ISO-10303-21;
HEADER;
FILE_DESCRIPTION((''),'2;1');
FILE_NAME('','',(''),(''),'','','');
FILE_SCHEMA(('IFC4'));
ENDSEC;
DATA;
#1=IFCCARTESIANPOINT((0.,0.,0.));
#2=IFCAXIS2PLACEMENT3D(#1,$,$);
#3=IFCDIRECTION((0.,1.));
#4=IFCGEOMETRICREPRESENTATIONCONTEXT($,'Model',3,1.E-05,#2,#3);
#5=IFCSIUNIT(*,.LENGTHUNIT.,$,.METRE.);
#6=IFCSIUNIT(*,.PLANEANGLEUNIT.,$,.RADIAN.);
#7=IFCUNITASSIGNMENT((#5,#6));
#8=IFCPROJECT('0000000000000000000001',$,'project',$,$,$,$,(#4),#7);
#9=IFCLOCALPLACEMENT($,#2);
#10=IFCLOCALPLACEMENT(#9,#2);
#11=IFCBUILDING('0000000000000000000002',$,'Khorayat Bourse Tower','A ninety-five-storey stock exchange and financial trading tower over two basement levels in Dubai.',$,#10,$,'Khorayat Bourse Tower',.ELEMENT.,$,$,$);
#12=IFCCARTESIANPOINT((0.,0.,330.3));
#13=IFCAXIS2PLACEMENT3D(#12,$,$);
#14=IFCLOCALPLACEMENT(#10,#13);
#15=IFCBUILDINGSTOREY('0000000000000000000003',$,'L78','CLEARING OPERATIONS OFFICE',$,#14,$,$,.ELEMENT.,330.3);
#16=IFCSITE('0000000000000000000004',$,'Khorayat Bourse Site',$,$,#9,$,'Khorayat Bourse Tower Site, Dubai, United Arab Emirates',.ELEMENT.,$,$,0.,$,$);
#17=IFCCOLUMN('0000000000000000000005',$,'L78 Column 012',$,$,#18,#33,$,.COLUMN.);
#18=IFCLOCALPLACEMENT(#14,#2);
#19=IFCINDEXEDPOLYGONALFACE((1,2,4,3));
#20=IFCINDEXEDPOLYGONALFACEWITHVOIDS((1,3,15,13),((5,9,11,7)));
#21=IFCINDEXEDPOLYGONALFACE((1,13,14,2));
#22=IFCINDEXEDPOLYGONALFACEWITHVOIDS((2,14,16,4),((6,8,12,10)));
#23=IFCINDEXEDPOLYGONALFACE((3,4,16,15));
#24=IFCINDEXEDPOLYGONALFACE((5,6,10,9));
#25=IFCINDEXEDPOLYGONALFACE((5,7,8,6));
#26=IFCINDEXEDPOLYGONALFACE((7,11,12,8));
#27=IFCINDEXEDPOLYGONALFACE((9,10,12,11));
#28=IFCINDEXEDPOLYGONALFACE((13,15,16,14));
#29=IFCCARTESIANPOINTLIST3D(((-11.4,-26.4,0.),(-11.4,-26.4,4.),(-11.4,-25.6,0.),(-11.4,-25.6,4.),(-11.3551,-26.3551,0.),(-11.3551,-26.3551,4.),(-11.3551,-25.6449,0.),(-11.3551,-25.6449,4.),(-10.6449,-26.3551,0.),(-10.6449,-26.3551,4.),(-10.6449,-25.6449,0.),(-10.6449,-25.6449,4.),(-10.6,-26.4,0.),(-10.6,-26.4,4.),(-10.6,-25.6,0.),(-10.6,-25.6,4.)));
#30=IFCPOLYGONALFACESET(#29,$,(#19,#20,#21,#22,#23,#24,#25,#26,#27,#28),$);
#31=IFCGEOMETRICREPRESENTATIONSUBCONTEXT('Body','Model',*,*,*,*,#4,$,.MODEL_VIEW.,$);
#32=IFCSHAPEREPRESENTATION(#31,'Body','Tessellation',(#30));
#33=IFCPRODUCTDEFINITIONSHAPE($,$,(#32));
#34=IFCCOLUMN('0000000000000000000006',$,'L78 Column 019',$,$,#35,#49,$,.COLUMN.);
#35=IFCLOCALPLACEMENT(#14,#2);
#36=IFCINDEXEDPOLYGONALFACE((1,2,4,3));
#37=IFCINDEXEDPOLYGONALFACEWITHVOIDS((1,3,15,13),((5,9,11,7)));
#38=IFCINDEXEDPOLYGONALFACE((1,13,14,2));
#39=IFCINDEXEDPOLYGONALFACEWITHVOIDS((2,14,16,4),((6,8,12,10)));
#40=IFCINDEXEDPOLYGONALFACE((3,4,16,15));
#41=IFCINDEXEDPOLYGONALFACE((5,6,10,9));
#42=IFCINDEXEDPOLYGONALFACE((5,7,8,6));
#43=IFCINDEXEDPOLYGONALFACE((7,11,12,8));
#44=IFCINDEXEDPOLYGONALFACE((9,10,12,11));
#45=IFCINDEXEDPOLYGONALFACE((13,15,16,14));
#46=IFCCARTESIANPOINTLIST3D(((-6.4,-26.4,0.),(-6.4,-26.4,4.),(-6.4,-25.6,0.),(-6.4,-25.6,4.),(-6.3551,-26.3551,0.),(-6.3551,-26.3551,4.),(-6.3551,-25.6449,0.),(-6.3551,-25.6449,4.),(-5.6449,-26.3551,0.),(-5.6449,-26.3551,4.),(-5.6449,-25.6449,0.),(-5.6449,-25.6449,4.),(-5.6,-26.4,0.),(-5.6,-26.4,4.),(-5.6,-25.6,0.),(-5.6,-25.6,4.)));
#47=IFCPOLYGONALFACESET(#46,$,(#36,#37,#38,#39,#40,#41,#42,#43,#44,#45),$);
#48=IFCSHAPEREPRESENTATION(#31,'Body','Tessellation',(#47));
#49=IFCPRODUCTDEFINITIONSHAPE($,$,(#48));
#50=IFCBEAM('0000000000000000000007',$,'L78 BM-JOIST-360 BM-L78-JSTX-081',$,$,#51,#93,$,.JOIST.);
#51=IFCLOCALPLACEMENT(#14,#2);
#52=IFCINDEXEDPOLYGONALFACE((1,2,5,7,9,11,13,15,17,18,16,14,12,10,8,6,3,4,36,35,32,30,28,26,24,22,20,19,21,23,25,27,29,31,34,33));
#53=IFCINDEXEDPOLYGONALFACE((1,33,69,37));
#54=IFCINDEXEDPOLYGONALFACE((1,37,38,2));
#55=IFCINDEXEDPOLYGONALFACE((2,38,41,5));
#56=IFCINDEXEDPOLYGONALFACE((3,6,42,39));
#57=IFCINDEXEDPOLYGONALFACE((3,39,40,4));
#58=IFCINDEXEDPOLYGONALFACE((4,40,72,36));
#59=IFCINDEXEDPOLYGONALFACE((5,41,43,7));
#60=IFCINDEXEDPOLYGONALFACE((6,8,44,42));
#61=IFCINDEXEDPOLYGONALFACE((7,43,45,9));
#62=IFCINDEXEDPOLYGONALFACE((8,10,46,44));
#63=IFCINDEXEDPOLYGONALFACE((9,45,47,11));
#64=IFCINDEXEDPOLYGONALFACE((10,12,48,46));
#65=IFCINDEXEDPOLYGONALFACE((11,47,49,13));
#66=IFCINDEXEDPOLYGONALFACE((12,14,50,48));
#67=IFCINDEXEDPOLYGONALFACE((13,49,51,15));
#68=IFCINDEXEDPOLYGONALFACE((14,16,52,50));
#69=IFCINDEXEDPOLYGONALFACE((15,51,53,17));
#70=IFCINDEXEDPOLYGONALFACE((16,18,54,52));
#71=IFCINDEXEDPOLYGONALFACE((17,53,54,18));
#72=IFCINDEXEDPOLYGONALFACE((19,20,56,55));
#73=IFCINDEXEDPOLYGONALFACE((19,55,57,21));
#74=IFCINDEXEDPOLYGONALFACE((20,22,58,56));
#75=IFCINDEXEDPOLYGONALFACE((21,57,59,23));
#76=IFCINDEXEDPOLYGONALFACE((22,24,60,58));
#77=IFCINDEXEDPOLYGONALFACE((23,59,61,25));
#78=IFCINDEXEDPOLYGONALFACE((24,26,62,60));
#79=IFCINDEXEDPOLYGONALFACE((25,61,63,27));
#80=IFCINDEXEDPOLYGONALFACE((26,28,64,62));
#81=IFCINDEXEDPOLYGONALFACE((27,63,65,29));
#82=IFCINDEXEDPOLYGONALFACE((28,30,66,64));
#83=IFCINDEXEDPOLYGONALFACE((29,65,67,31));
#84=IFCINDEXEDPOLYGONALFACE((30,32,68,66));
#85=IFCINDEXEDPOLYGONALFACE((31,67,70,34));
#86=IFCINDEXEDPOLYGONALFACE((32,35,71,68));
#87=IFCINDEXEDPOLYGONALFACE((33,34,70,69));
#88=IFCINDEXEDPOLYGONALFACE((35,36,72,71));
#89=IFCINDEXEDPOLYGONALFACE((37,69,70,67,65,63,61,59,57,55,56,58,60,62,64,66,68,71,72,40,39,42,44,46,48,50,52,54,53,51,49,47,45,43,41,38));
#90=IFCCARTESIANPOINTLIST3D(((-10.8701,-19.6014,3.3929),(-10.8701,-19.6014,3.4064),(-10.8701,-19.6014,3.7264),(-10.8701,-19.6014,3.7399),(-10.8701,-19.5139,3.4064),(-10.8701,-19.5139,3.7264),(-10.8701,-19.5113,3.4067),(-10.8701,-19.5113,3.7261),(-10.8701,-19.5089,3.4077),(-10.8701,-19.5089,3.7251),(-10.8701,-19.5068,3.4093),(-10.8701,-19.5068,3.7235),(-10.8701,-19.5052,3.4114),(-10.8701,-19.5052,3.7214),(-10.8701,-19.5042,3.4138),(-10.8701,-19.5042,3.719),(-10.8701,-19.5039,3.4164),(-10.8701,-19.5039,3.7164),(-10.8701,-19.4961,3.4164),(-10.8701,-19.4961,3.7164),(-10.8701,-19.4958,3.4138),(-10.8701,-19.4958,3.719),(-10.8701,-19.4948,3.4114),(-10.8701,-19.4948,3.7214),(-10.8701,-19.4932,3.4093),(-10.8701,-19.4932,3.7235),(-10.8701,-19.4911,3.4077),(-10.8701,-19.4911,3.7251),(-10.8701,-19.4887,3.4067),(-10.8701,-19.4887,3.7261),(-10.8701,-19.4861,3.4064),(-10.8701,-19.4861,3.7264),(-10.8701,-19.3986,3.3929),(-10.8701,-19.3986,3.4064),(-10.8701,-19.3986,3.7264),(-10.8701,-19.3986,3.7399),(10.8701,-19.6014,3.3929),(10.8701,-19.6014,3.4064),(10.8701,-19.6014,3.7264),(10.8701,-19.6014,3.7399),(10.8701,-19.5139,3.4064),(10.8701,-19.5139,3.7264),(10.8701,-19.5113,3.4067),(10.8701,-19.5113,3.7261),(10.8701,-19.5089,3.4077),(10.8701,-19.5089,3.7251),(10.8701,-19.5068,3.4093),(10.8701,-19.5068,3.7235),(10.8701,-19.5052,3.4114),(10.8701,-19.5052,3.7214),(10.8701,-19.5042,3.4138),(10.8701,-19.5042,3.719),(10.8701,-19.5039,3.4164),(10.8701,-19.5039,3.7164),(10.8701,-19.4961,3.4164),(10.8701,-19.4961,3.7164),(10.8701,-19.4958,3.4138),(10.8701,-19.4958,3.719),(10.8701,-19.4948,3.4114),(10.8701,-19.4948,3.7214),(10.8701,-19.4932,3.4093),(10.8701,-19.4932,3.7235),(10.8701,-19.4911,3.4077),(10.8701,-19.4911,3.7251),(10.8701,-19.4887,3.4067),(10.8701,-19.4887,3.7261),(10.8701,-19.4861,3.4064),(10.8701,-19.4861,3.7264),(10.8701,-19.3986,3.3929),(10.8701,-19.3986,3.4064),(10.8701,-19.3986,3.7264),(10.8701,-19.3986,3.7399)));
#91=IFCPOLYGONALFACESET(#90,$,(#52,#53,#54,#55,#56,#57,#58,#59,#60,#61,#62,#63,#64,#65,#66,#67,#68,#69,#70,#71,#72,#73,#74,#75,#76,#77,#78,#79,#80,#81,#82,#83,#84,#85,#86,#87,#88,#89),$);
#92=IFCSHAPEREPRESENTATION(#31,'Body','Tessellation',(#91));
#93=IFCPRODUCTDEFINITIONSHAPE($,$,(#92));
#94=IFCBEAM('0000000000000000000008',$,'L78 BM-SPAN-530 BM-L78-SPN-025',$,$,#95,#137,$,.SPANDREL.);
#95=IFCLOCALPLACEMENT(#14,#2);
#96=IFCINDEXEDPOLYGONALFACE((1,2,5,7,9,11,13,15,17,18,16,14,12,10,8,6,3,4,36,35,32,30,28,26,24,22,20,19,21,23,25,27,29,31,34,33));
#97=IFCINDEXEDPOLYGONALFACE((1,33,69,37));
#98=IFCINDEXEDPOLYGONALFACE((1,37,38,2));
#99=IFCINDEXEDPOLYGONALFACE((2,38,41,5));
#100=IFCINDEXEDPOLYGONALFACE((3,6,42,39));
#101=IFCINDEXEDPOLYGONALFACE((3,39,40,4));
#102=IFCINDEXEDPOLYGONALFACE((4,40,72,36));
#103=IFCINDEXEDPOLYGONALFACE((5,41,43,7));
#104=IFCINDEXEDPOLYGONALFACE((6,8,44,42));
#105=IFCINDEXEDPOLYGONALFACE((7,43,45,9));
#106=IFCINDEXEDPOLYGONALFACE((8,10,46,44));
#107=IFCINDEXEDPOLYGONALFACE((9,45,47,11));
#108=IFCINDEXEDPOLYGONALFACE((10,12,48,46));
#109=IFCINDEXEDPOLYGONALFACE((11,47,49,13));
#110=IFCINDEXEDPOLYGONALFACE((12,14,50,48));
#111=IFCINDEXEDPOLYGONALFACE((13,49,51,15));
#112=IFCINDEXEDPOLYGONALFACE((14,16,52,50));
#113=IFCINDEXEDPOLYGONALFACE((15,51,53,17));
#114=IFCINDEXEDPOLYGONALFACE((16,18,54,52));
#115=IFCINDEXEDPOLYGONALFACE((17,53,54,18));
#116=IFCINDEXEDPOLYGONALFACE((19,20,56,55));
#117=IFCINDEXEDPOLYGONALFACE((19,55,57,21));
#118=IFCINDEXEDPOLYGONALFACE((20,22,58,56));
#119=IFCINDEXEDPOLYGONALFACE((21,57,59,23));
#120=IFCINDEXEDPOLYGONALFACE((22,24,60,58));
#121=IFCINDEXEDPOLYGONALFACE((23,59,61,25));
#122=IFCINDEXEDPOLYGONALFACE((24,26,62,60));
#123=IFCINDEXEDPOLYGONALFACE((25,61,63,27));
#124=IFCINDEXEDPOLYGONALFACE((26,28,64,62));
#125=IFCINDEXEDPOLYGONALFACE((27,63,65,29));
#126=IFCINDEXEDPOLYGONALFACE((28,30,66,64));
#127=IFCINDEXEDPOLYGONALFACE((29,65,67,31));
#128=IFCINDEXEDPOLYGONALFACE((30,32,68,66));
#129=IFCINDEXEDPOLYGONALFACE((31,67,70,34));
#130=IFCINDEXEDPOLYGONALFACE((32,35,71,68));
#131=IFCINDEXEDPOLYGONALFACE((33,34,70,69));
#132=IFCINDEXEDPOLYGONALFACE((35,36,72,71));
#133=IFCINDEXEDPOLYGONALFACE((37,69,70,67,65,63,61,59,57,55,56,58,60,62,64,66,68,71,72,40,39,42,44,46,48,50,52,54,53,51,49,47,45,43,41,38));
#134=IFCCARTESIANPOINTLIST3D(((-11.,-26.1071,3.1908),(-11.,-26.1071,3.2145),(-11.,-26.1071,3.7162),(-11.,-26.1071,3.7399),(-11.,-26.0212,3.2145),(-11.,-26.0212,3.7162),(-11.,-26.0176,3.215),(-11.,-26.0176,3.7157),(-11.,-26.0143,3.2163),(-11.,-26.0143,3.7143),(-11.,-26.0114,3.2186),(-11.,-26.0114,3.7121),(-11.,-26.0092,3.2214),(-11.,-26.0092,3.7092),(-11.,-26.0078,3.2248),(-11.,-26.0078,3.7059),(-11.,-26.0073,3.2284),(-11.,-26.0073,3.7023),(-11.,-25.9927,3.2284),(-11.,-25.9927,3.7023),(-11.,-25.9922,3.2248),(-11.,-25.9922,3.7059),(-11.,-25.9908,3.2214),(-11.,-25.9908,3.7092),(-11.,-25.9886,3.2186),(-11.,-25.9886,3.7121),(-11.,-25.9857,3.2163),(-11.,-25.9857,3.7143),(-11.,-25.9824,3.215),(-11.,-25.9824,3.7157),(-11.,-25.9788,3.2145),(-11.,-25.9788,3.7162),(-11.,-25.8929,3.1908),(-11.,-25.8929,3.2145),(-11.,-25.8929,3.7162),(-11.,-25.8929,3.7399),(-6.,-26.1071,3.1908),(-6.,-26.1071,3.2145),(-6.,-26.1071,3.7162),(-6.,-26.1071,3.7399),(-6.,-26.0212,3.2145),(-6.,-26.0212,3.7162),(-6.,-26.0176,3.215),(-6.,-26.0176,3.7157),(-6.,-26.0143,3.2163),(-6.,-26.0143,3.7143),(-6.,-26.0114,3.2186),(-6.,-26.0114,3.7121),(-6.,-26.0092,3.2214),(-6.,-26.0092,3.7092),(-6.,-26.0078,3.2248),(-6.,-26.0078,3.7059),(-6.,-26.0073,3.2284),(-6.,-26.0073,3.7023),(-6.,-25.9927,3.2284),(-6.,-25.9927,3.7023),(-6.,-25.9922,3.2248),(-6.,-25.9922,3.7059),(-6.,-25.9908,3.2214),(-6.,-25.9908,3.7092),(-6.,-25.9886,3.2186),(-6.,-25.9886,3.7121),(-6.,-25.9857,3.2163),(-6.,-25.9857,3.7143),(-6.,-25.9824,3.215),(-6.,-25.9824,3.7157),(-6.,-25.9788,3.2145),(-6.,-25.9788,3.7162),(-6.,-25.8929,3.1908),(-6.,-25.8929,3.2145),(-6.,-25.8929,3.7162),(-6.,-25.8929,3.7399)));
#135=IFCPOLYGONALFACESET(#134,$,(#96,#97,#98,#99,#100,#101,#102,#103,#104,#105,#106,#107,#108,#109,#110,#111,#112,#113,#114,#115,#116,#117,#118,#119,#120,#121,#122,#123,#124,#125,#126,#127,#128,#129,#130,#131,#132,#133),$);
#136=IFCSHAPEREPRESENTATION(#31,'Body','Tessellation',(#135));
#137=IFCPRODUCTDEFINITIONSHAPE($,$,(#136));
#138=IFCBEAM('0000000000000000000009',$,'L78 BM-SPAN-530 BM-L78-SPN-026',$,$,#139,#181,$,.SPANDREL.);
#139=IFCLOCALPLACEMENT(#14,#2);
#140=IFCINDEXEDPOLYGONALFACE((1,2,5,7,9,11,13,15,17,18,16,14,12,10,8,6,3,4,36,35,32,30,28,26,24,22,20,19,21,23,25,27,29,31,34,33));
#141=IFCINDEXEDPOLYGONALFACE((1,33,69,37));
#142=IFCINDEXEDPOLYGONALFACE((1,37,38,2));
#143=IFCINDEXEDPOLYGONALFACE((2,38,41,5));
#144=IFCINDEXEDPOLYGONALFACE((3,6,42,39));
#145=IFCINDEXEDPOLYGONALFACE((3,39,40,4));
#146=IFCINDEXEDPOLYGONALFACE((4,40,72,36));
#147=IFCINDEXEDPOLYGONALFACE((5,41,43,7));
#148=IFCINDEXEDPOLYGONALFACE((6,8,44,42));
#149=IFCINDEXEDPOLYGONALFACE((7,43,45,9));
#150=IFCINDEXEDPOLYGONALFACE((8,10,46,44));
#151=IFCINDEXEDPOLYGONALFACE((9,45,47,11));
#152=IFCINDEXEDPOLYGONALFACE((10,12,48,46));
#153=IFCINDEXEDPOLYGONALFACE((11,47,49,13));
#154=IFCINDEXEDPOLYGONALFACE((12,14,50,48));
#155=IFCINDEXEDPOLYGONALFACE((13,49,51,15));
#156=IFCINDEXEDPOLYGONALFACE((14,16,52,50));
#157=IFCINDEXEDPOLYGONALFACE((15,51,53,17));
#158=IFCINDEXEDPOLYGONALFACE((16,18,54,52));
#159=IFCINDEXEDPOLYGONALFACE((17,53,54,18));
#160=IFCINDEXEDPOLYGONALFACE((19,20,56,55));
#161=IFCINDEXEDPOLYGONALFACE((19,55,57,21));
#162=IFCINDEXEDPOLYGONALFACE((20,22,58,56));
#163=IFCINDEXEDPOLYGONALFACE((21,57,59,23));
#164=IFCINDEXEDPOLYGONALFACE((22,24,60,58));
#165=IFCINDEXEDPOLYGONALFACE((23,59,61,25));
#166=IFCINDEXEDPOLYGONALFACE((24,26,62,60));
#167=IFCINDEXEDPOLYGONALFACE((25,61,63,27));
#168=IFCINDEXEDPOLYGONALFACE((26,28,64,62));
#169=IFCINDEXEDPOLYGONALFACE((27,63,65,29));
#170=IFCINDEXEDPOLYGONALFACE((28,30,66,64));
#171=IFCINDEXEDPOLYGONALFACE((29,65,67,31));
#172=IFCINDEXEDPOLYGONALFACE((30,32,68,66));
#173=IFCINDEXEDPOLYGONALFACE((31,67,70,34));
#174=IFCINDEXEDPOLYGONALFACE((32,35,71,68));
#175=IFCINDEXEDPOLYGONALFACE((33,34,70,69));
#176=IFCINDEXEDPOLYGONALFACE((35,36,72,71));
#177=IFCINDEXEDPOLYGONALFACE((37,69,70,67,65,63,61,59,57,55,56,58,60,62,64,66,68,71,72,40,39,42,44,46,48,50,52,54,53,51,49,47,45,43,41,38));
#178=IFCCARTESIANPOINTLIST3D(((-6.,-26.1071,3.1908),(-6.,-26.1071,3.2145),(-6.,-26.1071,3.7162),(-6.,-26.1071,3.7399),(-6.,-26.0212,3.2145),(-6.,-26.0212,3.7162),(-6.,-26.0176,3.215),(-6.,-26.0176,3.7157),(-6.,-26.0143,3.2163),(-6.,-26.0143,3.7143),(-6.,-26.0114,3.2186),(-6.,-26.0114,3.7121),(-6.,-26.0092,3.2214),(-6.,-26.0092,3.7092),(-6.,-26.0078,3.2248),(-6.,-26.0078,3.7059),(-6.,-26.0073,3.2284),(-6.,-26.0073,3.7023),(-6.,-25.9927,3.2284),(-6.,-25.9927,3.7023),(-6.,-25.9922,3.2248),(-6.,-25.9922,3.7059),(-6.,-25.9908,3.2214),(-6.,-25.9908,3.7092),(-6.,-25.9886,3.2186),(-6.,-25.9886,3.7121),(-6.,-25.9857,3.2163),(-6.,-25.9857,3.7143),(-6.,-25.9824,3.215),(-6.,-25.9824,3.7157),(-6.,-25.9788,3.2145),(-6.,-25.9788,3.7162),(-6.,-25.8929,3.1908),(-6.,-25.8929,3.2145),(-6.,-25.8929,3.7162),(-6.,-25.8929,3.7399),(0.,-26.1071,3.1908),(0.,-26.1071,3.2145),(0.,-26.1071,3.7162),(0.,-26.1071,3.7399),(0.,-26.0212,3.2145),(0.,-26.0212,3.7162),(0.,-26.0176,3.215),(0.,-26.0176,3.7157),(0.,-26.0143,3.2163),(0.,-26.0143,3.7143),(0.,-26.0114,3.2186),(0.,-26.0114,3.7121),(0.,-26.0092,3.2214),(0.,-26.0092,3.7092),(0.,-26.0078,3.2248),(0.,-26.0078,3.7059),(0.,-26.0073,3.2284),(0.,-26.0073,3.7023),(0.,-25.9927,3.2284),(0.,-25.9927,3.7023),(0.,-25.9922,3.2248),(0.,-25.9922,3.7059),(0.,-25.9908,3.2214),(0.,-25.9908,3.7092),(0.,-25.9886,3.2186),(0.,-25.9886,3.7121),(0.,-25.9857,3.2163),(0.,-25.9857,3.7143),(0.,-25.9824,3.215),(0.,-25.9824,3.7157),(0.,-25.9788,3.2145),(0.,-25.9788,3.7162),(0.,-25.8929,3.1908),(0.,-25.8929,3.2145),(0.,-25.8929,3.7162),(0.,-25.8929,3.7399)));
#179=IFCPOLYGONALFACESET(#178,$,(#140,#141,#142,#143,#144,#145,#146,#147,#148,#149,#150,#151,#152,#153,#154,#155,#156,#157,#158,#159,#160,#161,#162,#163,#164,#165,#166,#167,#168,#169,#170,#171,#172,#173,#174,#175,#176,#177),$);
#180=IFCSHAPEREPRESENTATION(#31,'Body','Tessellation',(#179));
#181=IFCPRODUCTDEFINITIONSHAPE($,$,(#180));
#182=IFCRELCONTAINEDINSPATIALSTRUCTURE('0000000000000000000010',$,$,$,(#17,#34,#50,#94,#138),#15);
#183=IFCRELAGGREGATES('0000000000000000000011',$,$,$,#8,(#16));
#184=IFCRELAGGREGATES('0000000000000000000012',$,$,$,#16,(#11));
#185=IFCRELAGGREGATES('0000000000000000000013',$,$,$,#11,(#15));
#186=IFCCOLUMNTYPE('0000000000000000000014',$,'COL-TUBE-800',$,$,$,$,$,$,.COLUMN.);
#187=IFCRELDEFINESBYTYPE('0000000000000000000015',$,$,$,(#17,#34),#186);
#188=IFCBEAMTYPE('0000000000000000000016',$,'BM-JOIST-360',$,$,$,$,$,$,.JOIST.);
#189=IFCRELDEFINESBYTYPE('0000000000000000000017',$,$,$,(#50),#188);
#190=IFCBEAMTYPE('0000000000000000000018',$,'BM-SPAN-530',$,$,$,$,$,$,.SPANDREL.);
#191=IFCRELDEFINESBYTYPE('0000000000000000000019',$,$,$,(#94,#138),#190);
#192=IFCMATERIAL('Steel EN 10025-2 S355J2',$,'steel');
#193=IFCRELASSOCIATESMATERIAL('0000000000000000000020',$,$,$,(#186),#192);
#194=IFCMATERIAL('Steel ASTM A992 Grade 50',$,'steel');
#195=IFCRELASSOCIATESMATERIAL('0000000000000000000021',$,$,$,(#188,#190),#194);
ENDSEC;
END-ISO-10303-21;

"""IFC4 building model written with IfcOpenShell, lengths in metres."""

from ifc_helpers import new_model, si_unit, direction, frame, origin, origin_2d, place, context, subcontext, project, spatial, hollow_rectangle, i_section, extrude, source, transform, mapped, material, material_profile, profile_set, type_object, element, save


model = new_model("IFC4")

# Units and contexts
model_context = context("Model", 3, precision=1e-05, world=origin(), true_north=direction((0.0, 1.0)))
body_context = subcontext(model_context, "Body", "Model", "MODEL_VIEW")
ifc_project = project(units=[si_unit("LENGTHUNIT", "METRE"), si_unit("PLANEANGLEUNIT", "RADIAN")], contexts=[model_context])

# Site, building, storey
site_placement = place(None, origin())
site = spatial("IfcSite", under=ifc_project, at=site_placement, Name="Khorayat Bourse Site", LongName="Khorayat Bourse Tower Site, Dubai, United Arab Emirates", CompositionType="ELEMENT", RefElevation=0.0)
building_placement = place(site_placement, origin())
building = spatial("IfcBuilding", under=site, at=building_placement, Name="Khorayat Bourse Tower", Description="A ninety-five-storey stock exchange and financial trading tower over two basement levels in Dubai.", LongName="Khorayat Bourse Tower", CompositionType="ELEMENT")
storey_placement = place(building_placement, frame((0.0, 0.0, 330.3)))
storey = spatial("IfcBuildingStorey", under=building, at=storey_placement, Name="L78", Description="CLEARING OPERATIONS OFFICE", CompositionType="ELEMENT", Elevation=330.3)

# Columns
ifc_material_1 = material(Name="Steel EN 10025-2 S355J2", Category="steel")
ifc_material_profile_1 = material_profile(ifc_material_1, hollow_rectangle(XDim=0.8, YDim=0.8, WallThickness=0.0449, at=origin_2d()), Name="BOX 800x800x45")
ifc_profile_set_1 = profile_set([ifc_material_profile_1], Name="Steel EN 10025-2 S355J2")
column_type = type_object("IfcColumnType", Name="COL-TUBE-800", PredefinedType="COLUMN", material=ifc_profile_set_1)
shared_shape_1 = source(origin(), body_context, "Body", "SweptSolid", [
    extrude(hollow_rectangle(XDim=0.8, YDim=0.8, WallThickness=0.0449, at=origin_2d()), origin(), (0.0, 0.0, 1.0), 4.0),
])
for number, where, z_axis, x_axis, name in (
    (1, (-11.0, -26.0, 0.0), (0.0, 0.0, 1.0), (1.0, 0.0, 0.0), "L78 Column 012"),
    (2, (-6.0, -26.0, 0.0), (0.0, 0.0, 1.0), (1.0, 0.0, 0.0), "L78 Column 019"),
):
    element("IfcColumn", number, at=place(storey_placement, frame(where, z_axis=z_axis, x_axis=x_axis)), inside=storey, type_object=column_type, Name=name, PredefinedType="COLUMN", context=body_context, shape_type="MappedRepresentation", body=[
        mapped(shared_shape_1, transform((0.0, 0.0, 0.0), scale=1.0)),
    ])

# Beams
ifc_material_2 = material(Name="Steel ASTM A992 Grade 50", Category="steel")
ifc_material_profile_2 = material_profile(ifc_material_2, i_section(OverallWidth=0.2029, OverallDepth=0.3469, WebThickness=0.0078, FlangeThickness=0.0134, FilletRadius=0.01, at=origin_2d()), Name="W360X64")
ifc_profile_set_2 = profile_set([ifc_material_profile_2], Name="Steel ASTM A992 Grade 50")
beam_type_1 = type_object("IfcBeamType", Name="BM-JOIST-360", PredefinedType="JOIST", material=ifc_profile_set_2)
shared_shape_2 = source(origin(), body_context, "Body", "SweptSolid", [
    extrude(i_section(OverallWidth=0.2029, OverallDepth=0.3469, WebThickness=0.0078, FlangeThickness=0.0134, FilletRadius=0.01, at=origin_2d()), origin(), (0.0, 0.0, 1.0), 21.7402),
])
beam_1_placement = place(storey_placement, frame((-10.8701, -19.5, 3.5664), z_axis=(1.0, 0.0, 0.0), x_axis=(0.0, 1.0, 0.0)))
element("IfcBeam", 3, at=beam_1_placement, inside=storey, type_object=beam_type_1, Name="L78 BM-JOIST-360 BM-L78-JSTX-081", PredefinedType="JOIST", context=body_context, shape_type="MappedRepresentation", body=[
    mapped(shared_shape_2, transform((0.0, 0.0, 0.0), scale=1.0)),
])
ifc_material_profile_3 = material_profile(ifc_material_2, i_section(OverallWidth=0.2141, OverallDepth=0.5491, WebThickness=0.0146, FlangeThickness=0.0237, FilletRadius=0.0139, at=origin_2d()), Name="W530X138")
ifc_profile_set_3 = profile_set([ifc_material_profile_3], Name="Steel ASTM A992 Grade 50")
beam_type_2 = type_object("IfcBeamType", Name="BM-SPAN-530", PredefinedType="SPANDREL", material=ifc_profile_set_3)
shared_shape_3 = source(origin(), body_context, "Body", "SweptSolid", [
    extrude(i_section(OverallWidth=0.2141, OverallDepth=0.5491, WebThickness=0.0146, FlangeThickness=0.0237, FilletRadius=0.0139, at=origin_2d()), origin(), (0.0, 0.0, 1.0), 5.0),
])
beam_2_placement = place(storey_placement, frame((-11.0, -26.0, 3.4653), z_axis=(1.0, 0.0, 0.0), x_axis=(0.0, 1.0, 0.0)))
element("IfcBeam", 4, at=beam_2_placement, inside=storey, type_object=beam_type_2, Name="L78 BM-SPAN-530 BM-L78-SPN-025", PredefinedType="SPANDREL", context=body_context, shape_type="MappedRepresentation", body=[
    mapped(shared_shape_3, transform((0.0, 0.0, 0.0), scale=1.0)),
])
shared_shape_4 = source(origin(), body_context, "Body", "SweptSolid", [
    extrude(i_section(OverallWidth=0.2141, OverallDepth=0.5491, WebThickness=0.0146, FlangeThickness=0.0237, FilletRadius=0.0139, at=origin_2d()), origin(), (0.0, 0.0, 1.0), 6.0),
])
beam_3_placement = place(storey_placement, frame((-6.0, -26.0, 3.4653), z_axis=(1.0, 0.0, 0.0), x_axis=(0.0, 1.0, 0.0)))
element("IfcBeam", 5, at=beam_3_placement, inside=storey, type_object=beam_type_2, Name="L78 BM-SPAN-530 BM-L78-SPN-026", PredefinedType="SPANDREL", context=body_context, shape_type="MappedRepresentation", body=[
    mapped(shared_shape_4, transform((0.0, 0.0, 0.0), scale=1.0)),
])

save(model, "model.ifc")
